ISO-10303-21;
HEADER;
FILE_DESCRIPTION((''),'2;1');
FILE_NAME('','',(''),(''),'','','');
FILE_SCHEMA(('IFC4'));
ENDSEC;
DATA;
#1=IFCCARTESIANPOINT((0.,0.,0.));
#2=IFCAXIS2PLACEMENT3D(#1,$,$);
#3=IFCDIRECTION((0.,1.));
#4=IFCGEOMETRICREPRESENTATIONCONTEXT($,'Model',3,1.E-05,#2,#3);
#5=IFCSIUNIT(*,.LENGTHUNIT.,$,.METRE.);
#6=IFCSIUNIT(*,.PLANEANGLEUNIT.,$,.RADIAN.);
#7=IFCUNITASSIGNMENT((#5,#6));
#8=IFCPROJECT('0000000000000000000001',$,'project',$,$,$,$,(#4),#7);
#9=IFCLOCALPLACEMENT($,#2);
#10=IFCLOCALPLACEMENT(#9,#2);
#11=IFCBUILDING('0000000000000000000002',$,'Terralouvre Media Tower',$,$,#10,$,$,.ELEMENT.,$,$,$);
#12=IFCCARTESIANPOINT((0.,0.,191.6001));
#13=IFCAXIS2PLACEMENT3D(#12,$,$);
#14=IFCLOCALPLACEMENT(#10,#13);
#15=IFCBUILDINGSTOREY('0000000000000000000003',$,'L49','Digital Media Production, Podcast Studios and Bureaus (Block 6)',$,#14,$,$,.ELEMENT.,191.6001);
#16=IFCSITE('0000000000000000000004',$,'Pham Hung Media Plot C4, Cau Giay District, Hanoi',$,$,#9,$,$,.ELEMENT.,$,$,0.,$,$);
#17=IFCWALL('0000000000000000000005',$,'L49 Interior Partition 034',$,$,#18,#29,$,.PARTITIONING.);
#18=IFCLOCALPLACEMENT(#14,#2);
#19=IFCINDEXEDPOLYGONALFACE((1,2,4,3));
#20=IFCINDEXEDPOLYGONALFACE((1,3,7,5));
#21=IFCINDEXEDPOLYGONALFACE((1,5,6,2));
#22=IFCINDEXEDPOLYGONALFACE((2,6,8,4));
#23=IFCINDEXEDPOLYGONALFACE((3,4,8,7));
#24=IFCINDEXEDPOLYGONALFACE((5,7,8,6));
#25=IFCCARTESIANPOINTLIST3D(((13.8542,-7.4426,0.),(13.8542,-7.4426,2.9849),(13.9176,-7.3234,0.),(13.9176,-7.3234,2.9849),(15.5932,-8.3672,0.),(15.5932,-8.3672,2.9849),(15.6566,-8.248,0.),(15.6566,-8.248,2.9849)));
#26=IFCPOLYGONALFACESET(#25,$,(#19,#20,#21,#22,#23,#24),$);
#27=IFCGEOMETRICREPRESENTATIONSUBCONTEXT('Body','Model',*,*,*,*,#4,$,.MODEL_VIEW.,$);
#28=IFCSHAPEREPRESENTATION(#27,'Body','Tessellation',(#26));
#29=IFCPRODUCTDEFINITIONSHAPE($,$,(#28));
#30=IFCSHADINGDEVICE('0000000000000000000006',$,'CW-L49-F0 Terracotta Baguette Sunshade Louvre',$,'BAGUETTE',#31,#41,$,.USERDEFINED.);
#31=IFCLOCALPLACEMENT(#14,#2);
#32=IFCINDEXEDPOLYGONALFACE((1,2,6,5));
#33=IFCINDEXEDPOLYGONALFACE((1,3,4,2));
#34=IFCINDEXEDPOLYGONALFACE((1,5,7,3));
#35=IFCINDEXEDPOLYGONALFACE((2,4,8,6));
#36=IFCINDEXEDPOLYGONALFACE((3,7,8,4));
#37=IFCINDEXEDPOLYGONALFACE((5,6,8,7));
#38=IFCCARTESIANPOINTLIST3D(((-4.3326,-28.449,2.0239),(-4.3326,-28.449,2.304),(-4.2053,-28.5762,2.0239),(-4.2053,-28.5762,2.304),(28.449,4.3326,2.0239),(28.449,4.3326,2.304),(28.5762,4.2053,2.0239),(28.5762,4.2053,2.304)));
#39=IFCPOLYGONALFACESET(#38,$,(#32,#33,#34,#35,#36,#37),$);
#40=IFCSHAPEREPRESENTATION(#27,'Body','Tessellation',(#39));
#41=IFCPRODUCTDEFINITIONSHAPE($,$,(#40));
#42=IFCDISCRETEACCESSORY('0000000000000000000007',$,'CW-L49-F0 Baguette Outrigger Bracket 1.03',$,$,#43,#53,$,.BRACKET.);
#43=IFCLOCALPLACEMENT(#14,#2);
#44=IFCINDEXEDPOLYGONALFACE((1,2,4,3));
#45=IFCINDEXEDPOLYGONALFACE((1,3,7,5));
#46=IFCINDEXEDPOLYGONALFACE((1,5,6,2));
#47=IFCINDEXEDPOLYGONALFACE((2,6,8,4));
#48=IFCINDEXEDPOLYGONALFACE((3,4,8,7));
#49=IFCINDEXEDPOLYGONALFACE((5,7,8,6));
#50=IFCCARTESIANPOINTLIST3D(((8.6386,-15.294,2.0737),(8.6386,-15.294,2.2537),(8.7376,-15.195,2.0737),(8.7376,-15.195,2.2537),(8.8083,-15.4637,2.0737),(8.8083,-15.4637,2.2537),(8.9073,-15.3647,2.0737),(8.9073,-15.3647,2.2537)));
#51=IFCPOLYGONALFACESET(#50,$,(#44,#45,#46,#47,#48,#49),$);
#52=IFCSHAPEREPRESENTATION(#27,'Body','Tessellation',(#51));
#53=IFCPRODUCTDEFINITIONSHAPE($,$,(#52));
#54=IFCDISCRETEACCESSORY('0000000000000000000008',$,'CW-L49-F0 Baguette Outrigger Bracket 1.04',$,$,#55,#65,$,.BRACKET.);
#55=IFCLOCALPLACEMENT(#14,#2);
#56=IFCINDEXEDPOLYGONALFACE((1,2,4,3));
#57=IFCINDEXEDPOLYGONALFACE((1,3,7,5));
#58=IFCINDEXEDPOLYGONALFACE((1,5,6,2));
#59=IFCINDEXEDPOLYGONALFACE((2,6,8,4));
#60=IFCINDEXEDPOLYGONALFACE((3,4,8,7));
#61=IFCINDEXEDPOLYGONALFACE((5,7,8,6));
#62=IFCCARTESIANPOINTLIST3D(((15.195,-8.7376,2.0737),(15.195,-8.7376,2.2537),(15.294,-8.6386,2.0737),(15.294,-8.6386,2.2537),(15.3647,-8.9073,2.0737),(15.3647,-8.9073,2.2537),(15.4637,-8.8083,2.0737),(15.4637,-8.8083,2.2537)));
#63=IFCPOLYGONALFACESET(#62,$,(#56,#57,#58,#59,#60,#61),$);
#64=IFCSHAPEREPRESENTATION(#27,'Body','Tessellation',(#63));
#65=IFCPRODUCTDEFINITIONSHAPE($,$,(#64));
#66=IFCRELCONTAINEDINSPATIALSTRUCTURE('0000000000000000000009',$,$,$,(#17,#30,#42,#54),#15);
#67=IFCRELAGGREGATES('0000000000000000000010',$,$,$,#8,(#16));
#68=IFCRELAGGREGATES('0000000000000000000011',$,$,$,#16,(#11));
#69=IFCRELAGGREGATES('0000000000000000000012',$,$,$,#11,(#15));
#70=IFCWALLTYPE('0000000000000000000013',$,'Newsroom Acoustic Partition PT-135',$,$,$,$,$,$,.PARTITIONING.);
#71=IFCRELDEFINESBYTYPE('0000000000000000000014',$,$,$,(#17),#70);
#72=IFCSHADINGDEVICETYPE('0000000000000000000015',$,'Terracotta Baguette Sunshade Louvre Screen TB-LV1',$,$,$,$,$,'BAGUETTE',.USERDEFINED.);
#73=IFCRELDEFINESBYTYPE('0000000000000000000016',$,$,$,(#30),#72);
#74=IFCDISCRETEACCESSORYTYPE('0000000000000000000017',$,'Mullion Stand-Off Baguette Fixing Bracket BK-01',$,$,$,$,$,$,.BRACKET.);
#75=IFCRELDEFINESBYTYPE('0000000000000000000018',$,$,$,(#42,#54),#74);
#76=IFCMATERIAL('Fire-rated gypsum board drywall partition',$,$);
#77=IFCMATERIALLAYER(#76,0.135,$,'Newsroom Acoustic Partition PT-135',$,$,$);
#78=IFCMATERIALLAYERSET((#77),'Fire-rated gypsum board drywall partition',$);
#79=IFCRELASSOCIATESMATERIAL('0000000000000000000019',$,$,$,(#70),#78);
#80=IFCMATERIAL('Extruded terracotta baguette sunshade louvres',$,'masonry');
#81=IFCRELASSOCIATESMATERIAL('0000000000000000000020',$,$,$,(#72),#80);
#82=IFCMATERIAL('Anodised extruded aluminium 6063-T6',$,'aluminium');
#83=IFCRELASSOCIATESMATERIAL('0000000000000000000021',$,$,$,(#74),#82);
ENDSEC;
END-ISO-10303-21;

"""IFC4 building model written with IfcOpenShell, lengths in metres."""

from ifc_helpers import new_model, si_unit, direction, frame, frame_2d, origin, origin_2d, place, context, subcontext, project, spatial, rectangle, extrude, material, layer, layer_set, type_object, element, save


model = new_model("IFC4")

# Units and contexts
model_context = context("Model", 3, precision=1e-05, world=origin(), true_north=direction((0.0, 1.0)))
body_context = subcontext(model_context, "Body", "Model", "MODEL_VIEW")
ifc_project = project(units=[si_unit("LENGTHUNIT", "METRE"), si_unit("PLANEANGLEUNIT", "RADIAN")], contexts=[model_context])

# Site, building, storey
site_placement = place(None, origin())
site = spatial("IfcSite", under=ifc_project, at=site_placement, Name="Pham Hung Media Plot C4, Cau Giay District, Hanoi", CompositionType="ELEMENT", RefElevation=0.0)
building_placement = place(site_placement, origin())
building = spatial("IfcBuilding", under=site, at=building_placement, Name="Terralouvre Media Tower", CompositionType="ELEMENT")
storey_placement = place(building_placement, frame((0.0, 0.0, 191.6001)))
storey = spatial("IfcBuildingStorey", under=building, at=storey_placement, Name="L49", Description="Digital Media Production, Podcast Studios and Bureaus (Block 6)", CompositionType="ELEMENT", Elevation=191.6001)

# Shared definitions
ifc_material_1 = material(Name="Fire-rated gypsum board drywall partition")
ifc_layer_1 = layer(ifc_material_1, 0.135, Name="Newsroom Acoustic Partition PT-135")
ifc_layer_set_1 = layer_set([ifc_layer_1], Name="Fire-rated gypsum board drywall partition")
wall_type_1 = type_object("IfcWallType", Name="Newsroom Acoustic Partition PT-135", PredefinedType="PARTITIONING", material=ifc_layer_set_1)

# Wall
wall_1_placement = place(storey_placement, frame((15.625, -8.3076, 0.0), z_axis=(0.0, 0.0, 1.0), x_axis=(-0.882966, 0.469436, 0.0)))
element("IfcWall", 1, at=wall_1_placement, inside=storey, type_object=wall_type_1, Name="L49 Interior Partition 034", PredefinedType="PARTITIONING", context=body_context, shape_type="SweptSolid", body=[
    extrude(rectangle(XDim=1.9695, YDim=0.135, at=frame_2d((0.9849, 0.0))), origin(), (0.0, 0.0, 1.0), 2.9849),
])

# Shading device
ifc_material_2 = material(Name="Extruded terracotta baguette sunshade louvres", Category="masonry")
shading_device_type = type_object("IfcShadingDeviceType", Name="Terracotta Baguette Sunshade Louvre Screen TB-LV1", ElementType="BAGUETTE", PredefinedType="USERDEFINED", material=ifc_material_2)
shading_device_placement = place(storey_placement, frame((12.1218, -12.1218, 2.0239), z_axis=(0.0, 0.0, 1.0), x_axis=(0.707107, 0.707107, 0.0)))
element("IfcShadingDevice", 2, at=shading_device_placement, inside=storey, type_object=shading_device_type, Name="CW-L49-F0 Terracotta Baguette Sunshade Louvre", ObjectType="BAGUETTE", PredefinedType="USERDEFINED", context=body_context, shape_type="SweptSolid", body=[
    extrude(rectangle(XDim=46.3601, YDim=0.1799, at=origin_2d()), origin(), (0.0, 0.0, 1.0), 0.28),
])

# Discrete accessories
ifc_material_3 = material(Name="Anodised extruded aluminium 6063-T6", Category="aluminium")
discrete_accessory_type = type_object("IfcDiscreteAccessoryType", Name="Mullion Stand-Off Baguette Fixing Bracket BK-01", PredefinedType="BRACKET", material=ifc_material_3)
for number, where, z_axis, x_axis, name in (
    (3, (8.7729, -15.3293, 2.0737), (0.0, 0.0, 1.0), (0.707107, 0.707107, 0.0), "CW-L49-F0 Baguette Outrigger Bracket 1.03"),
    (4, (15.3293, -8.7729, 2.0737), (0.0, 0.0, 1.0), (0.707107, 0.707107, 0.0), "CW-L49-F0 Baguette Outrigger Bracket 1.04"),
):
    element("IfcDiscreteAccessory", number, at=place(storey_placement, frame(where, z_axis=z_axis, x_axis=x_axis)), inside=storey, type_object=discrete_accessory_type, Name=name, PredefinedType="BRACKET", context=body_context, shape_type="SweptSolid", body=[
        extrude(rectangle(XDim=0.1399, YDim=0.24, at=origin_2d()), origin(), (0.0, 0.0, 1.0), 0.1799),
    ])

save(model, "model.ifc")
